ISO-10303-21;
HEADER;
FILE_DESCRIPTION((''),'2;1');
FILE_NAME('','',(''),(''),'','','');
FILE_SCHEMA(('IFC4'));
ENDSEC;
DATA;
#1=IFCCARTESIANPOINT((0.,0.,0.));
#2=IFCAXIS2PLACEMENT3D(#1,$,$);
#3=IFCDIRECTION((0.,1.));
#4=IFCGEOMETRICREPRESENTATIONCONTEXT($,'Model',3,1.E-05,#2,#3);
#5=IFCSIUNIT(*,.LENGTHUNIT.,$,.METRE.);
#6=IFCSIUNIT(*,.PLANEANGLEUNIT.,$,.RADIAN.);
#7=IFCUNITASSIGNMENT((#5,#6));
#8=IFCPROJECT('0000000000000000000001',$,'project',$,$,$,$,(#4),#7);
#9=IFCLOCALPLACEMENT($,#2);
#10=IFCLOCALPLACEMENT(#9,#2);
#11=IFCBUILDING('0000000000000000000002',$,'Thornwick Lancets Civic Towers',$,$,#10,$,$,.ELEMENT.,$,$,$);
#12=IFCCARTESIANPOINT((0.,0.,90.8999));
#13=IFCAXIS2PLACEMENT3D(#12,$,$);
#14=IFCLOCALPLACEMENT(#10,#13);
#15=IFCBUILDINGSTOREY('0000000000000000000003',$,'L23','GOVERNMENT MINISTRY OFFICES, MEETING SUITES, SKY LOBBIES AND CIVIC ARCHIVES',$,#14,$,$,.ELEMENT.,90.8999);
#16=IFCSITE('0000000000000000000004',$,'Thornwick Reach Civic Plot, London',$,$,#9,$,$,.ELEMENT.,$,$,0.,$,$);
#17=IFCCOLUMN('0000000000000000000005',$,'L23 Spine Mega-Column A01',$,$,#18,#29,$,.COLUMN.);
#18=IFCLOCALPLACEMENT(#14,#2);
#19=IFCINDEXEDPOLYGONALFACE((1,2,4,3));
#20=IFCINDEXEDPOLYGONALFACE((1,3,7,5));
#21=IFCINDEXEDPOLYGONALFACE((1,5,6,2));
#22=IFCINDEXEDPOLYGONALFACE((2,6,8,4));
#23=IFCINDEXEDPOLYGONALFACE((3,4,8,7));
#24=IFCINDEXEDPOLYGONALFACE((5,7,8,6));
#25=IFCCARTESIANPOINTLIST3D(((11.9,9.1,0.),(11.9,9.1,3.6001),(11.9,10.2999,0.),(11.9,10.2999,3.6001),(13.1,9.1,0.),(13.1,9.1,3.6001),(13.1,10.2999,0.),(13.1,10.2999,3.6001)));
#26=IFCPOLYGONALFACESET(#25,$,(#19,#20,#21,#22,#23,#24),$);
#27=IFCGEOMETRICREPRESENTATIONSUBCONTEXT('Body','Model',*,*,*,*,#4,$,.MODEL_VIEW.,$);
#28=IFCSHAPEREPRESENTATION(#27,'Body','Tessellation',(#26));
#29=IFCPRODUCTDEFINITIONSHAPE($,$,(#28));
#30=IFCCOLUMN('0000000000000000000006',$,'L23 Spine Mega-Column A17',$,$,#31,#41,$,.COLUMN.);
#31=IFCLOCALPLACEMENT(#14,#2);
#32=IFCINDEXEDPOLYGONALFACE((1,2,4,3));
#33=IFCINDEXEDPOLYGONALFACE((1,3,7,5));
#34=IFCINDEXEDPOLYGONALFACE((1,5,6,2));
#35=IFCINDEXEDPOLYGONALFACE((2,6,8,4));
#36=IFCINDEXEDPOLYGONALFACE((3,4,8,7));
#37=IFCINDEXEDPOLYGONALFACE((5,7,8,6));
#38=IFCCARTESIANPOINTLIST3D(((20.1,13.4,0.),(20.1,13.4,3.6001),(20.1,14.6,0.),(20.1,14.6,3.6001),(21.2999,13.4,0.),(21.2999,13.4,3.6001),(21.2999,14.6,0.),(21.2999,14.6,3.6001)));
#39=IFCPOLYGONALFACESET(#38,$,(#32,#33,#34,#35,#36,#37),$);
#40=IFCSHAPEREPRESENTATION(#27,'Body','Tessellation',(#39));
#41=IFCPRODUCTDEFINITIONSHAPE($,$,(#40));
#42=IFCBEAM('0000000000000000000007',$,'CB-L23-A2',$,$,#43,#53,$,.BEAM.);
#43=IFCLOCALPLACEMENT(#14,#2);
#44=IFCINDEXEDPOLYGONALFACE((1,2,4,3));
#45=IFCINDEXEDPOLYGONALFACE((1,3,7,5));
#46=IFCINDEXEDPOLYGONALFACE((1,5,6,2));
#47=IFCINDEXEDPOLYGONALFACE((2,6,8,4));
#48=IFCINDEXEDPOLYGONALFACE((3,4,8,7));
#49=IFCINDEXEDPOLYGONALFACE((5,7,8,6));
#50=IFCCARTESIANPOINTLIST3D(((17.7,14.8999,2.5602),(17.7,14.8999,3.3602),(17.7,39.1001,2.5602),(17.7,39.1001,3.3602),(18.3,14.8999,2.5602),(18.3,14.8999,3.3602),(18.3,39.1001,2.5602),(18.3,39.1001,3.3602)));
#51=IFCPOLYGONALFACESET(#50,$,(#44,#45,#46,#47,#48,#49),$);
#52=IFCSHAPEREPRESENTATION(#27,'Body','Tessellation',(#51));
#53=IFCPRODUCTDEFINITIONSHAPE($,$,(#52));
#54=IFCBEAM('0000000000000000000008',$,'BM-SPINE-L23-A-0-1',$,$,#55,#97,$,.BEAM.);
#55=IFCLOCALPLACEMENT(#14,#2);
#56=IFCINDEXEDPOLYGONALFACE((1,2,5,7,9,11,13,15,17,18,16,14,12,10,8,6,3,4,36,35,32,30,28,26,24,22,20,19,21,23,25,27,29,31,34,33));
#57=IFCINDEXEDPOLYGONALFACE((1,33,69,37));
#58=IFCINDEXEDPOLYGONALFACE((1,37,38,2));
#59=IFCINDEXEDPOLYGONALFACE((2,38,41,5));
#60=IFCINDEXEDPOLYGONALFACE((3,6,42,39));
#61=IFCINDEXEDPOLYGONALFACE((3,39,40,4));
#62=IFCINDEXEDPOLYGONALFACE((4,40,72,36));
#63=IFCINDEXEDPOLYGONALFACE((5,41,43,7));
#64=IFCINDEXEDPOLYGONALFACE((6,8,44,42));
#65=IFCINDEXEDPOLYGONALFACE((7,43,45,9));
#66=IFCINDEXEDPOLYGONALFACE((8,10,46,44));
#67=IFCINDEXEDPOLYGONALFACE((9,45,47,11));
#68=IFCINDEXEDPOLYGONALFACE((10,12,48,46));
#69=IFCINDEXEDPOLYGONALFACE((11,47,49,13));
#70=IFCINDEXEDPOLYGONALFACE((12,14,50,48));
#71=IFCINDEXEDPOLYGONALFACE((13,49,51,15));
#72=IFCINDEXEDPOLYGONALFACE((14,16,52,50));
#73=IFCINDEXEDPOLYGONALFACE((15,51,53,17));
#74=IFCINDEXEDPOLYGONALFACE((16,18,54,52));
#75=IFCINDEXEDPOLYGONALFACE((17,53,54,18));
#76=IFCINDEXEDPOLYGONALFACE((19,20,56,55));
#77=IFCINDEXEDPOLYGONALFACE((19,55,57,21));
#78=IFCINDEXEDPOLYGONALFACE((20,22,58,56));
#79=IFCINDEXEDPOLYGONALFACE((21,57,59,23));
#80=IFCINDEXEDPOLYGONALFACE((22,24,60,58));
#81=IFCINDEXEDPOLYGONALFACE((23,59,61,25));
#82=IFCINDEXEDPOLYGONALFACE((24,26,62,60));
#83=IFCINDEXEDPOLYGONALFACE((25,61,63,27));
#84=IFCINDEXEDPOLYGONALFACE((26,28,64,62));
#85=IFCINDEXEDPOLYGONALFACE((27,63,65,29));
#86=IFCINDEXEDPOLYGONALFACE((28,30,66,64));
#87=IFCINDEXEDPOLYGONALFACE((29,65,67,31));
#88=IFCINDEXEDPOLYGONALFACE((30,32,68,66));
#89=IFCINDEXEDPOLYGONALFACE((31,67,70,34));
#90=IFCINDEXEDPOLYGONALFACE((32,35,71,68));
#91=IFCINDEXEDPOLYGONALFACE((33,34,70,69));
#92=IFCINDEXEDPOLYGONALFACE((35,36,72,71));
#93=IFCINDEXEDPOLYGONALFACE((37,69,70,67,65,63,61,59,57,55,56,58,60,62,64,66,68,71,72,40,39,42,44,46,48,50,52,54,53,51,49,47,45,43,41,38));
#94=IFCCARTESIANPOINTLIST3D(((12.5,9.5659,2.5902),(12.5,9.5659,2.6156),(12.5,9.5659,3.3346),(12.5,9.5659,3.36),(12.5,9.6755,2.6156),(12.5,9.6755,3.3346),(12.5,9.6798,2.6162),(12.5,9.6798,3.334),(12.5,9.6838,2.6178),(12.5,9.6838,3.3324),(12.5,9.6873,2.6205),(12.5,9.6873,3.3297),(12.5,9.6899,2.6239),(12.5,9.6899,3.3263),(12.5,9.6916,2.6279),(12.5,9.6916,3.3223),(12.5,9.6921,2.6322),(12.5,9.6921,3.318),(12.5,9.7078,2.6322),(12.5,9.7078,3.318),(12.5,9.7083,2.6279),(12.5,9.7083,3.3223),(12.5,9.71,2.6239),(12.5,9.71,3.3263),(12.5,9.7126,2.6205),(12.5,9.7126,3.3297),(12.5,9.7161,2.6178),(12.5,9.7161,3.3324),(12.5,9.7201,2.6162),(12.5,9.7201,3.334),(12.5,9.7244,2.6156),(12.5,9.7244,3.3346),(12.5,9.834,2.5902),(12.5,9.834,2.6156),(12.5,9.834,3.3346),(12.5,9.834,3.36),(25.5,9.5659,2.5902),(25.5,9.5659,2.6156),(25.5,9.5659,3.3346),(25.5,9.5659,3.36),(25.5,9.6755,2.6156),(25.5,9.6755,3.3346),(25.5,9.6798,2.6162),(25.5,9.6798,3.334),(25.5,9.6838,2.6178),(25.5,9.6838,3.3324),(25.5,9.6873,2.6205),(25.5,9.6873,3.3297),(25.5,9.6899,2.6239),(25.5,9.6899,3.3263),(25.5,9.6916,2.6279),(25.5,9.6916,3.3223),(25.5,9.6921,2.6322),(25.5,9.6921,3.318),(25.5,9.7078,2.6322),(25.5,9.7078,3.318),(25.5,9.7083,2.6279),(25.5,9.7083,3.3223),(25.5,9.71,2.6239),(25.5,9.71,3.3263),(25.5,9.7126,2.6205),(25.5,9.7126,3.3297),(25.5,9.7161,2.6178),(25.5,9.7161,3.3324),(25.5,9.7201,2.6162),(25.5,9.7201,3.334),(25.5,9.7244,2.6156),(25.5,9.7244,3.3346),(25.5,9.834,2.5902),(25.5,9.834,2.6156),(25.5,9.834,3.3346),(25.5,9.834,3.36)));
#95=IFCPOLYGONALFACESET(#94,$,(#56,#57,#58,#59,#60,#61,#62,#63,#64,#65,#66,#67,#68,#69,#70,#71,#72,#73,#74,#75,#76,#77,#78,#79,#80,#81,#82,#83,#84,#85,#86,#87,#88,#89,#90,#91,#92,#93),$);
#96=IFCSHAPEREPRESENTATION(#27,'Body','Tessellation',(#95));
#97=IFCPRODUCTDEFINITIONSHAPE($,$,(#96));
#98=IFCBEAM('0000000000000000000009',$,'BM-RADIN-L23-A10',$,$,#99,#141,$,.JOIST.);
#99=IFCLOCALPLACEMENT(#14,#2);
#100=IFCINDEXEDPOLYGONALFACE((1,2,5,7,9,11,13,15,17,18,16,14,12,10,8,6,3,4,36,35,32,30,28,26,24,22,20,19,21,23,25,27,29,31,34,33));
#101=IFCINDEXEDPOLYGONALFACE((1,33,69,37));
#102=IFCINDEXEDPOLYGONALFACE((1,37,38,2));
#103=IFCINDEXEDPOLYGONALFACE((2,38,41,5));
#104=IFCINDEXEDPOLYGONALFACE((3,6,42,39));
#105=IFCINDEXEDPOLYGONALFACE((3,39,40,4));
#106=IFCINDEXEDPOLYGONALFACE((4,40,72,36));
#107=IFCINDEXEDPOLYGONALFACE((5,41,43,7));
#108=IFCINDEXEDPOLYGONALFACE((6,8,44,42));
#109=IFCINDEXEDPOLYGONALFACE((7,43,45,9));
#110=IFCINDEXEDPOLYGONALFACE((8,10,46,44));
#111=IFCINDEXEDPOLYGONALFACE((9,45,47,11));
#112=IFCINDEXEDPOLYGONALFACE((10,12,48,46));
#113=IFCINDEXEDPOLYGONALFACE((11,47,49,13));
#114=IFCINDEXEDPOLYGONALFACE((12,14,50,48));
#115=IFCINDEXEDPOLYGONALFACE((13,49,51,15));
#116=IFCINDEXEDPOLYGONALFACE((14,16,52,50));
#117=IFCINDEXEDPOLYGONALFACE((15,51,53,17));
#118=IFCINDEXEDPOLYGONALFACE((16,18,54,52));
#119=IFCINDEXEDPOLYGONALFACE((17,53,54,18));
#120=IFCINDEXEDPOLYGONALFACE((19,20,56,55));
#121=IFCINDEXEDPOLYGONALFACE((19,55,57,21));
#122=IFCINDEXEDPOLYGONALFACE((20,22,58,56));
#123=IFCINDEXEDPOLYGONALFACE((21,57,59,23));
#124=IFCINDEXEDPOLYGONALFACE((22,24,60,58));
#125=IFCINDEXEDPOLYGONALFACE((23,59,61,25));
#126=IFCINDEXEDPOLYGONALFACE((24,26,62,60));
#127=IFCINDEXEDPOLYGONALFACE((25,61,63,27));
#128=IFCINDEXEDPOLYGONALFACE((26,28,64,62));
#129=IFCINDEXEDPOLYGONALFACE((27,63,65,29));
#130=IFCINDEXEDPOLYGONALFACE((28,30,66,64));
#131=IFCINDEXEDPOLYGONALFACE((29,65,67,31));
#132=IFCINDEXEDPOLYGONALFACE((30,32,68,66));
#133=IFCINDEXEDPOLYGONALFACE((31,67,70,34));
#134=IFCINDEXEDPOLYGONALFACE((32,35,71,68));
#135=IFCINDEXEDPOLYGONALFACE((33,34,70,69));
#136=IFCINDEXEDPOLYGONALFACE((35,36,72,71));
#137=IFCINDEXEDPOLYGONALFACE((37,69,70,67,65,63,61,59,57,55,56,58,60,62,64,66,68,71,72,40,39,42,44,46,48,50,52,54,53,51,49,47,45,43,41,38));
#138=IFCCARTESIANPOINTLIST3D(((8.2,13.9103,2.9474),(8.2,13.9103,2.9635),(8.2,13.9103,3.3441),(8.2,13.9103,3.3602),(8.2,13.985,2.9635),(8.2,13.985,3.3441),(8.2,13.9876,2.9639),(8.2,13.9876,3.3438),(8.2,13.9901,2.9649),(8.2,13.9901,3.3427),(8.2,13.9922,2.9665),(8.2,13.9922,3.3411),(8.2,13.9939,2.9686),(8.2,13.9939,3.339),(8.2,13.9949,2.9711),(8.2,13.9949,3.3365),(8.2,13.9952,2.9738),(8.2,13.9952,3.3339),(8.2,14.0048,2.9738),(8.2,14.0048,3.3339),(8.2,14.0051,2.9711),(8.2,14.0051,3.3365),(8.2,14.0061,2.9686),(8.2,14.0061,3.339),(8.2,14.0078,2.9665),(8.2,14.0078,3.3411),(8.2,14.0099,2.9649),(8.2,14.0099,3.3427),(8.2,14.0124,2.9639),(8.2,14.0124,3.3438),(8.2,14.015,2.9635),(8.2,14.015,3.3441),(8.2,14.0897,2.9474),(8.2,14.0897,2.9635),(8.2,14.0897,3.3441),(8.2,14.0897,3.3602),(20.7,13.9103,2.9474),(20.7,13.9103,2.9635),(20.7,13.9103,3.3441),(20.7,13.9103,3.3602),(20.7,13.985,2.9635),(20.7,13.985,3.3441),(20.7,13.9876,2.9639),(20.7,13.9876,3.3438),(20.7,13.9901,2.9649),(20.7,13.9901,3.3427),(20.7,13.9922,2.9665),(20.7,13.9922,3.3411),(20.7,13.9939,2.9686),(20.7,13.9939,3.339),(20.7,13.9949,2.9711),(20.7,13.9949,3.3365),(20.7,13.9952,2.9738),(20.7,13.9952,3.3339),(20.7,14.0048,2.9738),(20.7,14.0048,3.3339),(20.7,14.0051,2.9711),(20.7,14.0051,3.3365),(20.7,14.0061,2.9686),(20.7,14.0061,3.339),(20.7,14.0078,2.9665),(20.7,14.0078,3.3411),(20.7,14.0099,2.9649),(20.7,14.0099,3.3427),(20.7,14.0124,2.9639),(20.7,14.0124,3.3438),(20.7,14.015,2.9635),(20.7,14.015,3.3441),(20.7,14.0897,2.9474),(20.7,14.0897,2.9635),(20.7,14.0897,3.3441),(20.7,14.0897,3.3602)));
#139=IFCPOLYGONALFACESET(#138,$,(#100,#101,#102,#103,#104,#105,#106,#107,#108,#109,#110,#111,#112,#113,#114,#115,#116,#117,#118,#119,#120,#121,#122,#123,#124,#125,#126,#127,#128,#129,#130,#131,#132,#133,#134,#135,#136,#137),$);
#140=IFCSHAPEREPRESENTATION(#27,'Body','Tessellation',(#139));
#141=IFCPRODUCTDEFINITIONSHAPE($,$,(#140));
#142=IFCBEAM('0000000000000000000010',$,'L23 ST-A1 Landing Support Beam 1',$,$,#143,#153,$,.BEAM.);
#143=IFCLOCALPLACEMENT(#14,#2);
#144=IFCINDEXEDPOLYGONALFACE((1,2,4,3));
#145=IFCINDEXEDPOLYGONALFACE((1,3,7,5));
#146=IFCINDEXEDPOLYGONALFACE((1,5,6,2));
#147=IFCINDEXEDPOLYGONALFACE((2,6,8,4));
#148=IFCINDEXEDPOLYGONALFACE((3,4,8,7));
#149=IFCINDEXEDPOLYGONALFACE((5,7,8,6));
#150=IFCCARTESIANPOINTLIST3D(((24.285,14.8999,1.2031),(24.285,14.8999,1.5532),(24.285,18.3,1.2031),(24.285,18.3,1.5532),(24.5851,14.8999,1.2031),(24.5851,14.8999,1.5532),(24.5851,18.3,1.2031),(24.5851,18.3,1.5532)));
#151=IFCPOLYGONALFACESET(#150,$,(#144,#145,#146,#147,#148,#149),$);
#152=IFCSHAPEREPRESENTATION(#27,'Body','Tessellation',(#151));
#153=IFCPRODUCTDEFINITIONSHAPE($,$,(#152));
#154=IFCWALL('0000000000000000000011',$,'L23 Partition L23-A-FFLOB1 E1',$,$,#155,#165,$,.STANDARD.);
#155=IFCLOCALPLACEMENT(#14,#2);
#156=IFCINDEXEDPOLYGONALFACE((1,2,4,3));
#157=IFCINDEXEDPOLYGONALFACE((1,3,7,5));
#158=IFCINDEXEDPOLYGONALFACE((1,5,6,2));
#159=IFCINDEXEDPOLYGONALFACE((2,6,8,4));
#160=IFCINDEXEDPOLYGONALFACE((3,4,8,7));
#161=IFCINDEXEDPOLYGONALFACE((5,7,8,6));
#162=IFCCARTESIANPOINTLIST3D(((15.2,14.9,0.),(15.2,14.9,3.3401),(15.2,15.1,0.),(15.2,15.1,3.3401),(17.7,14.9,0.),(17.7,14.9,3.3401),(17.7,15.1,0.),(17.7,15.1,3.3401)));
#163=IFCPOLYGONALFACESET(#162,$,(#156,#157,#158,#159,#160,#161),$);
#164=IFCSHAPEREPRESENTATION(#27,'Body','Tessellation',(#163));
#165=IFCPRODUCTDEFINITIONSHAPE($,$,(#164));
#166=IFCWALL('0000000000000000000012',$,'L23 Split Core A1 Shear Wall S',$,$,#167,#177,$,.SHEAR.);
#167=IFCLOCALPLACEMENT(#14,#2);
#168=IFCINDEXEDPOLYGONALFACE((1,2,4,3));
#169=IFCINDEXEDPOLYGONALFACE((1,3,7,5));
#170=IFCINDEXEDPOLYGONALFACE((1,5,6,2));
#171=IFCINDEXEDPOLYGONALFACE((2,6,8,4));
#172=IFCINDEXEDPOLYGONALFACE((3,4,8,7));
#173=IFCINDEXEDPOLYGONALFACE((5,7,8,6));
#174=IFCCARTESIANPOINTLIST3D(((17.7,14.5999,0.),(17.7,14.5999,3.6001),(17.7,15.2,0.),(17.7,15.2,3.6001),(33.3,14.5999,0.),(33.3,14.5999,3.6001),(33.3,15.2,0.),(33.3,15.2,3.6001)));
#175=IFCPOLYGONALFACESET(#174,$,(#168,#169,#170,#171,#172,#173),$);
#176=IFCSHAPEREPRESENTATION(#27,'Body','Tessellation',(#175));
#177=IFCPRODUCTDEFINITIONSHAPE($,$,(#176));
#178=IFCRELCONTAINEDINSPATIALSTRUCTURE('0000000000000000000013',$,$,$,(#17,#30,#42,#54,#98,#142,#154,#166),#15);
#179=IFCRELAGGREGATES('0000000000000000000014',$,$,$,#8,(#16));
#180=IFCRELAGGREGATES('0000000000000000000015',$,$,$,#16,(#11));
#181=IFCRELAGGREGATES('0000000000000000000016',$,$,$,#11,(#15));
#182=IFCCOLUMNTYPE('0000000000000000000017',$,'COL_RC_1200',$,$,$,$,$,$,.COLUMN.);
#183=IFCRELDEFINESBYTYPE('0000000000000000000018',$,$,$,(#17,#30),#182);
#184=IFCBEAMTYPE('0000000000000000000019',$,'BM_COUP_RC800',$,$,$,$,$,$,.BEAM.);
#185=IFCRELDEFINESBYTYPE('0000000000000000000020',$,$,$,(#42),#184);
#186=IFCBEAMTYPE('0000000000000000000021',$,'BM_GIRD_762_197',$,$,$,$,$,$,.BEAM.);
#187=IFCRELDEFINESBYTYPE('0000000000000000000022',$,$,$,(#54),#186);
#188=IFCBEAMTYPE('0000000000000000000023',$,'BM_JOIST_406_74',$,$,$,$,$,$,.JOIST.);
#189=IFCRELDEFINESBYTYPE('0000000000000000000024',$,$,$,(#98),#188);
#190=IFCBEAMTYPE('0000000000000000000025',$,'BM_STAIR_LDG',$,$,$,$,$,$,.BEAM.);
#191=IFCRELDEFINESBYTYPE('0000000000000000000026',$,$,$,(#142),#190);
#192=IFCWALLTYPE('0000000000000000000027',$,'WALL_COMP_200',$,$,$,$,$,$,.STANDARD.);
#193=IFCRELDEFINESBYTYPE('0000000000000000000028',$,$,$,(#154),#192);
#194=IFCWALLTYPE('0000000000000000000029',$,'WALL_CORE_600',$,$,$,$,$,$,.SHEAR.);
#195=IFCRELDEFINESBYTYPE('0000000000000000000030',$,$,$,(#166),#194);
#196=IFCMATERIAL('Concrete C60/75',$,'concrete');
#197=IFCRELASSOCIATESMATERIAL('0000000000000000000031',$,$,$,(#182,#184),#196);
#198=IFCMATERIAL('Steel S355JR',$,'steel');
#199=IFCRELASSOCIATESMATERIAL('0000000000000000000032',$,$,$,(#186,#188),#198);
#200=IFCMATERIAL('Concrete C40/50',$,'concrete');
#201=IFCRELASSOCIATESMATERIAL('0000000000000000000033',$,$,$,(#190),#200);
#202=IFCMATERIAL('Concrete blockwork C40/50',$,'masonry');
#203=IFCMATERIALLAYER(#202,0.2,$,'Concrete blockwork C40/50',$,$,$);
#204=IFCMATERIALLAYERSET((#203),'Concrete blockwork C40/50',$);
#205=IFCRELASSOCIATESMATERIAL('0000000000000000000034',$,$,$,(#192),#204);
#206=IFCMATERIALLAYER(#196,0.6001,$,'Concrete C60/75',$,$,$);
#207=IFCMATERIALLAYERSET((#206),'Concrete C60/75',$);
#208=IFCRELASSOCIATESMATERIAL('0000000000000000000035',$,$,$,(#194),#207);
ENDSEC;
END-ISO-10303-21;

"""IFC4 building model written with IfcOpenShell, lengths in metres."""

from ifc_helpers import new_model, si_unit, direction, frame, frame_2d, origin, origin_2d, place, context, subcontext, project, spatial, rectangle, i_section, extrude, material, layer, layer_set, material_profile, profile_set, type_object, element, save


model = new_model("IFC4")

# Units and contexts
model_context = context("Model", 3, precision=1e-05, world=origin(), true_north=direction((0.0, 1.0)))
body_context = subcontext(model_context, "Body", "Model", "MODEL_VIEW")
ifc_project = project(units=[si_unit("LENGTHUNIT", "METRE"), si_unit("PLANEANGLEUNIT", "RADIAN")], contexts=[model_context])

# Site, building, storey
site_placement = place(None, origin())
site = spatial("IfcSite", under=ifc_project, at=site_placement, Name="Thornwick Reach Civic Plot, London", CompositionType="ELEMENT", RefElevation=0.0)
building_placement = place(site_placement, origin())
building = spatial("IfcBuilding", under=site, at=building_placement, Name="Thornwick Lancets Civic Towers", CompositionType="ELEMENT")
storey_placement = place(building_placement, frame((0.0, 0.0, 90.8999)))
storey = spatial("IfcBuildingStorey", under=building, at=storey_placement, Name="L23", Description="GOVERNMENT MINISTRY OFFICES, MEETING SUITES, SKY LOBBIES AND CIVIC ARCHIVES", CompositionType="ELEMENT", Elevation=90.8999)

# Columns
ifc_material_1 = material(Name="Concrete C60/75", Category="concrete")
ifc_material_profile_1 = material_profile(ifc_material_1, rectangle(XDim=1.2, YDim=1.2, at=origin_2d()), Name="RC 1200x1200")
ifc_profile_set_1 = profile_set([ifc_material_profile_1], Name="Concrete C60/75")
column_type = type_object("IfcColumnType", Name="COL_RC_1200", PredefinedType="COLUMN", material=ifc_profile_set_1)
for number, where, z_axis, x_axis, name in (
    (1, (12.5, 9.7, 0.0), (0.0, 0.0, 1.0), (1.0, 0.0, 0.0), "L23 Spine Mega-Column A01"),
    (2, (20.7, 14.0, 0.0), (0.0, 0.0, 1.0), (1.0, 0.0, 0.0), "L23 Spine Mega-Column A17"),
):
    element("IfcColumn", number, at=place(storey_placement, frame(where, z_axis=z_axis, x_axis=x_axis)), inside=storey, type_object=column_type, Name=name, PredefinedType="COLUMN", context=body_context, shape_type="SweptSolid", body=[
        extrude(rectangle(XDim=1.2, YDim=1.2, at=origin_2d()), origin(), (0.0, 0.0, 1.0), 3.6001),
    ])

# Beams
ifc_material_profile_2 = material_profile(ifc_material_1, rectangle(XDim=0.6001, YDim=0.8, at=origin_2d()), Name="RC 600x800")
ifc_profile_set_2 = profile_set([ifc_material_profile_2], Name="Concrete C60/75")
beam_type_1 = type_object("IfcBeamType", Name="BM_COUP_RC800", PredefinedType="BEAM", material=ifc_profile_set_2)
beam_1_placement = place(storey_placement, frame((18.0, 14.8999, 2.9602), z_axis=(0.0, 1.0, 0.0), x_axis=(-1.0, 0.0, 0.0)))
element("IfcBeam", 3, at=beam_1_placement, inside=storey, type_object=beam_type_1, Name="CB-L23-A2", PredefinedType="BEAM", context=body_context, shape_type="SweptSolid", body=[
    extrude(rectangle(XDim=0.6001, YDim=0.8, at=origin_2d()), origin(), (0.0, 0.0, 1.0), 24.2002),
])
ifc_material_2 = material(Name="Steel S355JR", Category="steel")
ifc_material_profile_3 = material_profile(ifc_material_2, i_section(OverallWidth=0.2681, OverallDepth=0.7698, WebThickness=0.0156, FlangeThickness=0.0254, FilletRadius=0.0166, at=origin_2d()), Name="UKB 762x267x197")
ifc_profile_set_3 = profile_set([ifc_material_profile_3], Name="Steel S355JR")
beam_type_2 = type_object("IfcBeamType", Name="BM_GIRD_762_197", PredefinedType="BEAM", material=ifc_profile_set_3)
beam_2_placement = place(storey_placement, frame((12.5, 9.7, 2.9751), z_axis=(1.0, 0.0, 0.0), x_axis=(0.0, 1.0, 0.0)))
element("IfcBeam", 4, at=beam_2_placement, inside=storey, type_object=beam_type_2, Name="BM-SPINE-L23-A-0-1", PredefinedType="BEAM", context=body_context, shape_type="SweptSolid", body=[
    extrude(i_section(OverallWidth=0.2681, OverallDepth=0.7698, WebThickness=0.0156, FlangeThickness=0.0254, FilletRadius=0.0166, at=origin_2d()), origin(), (0.0, 0.0, 1.0), 13.0),
])
ifc_material_profile_4 = material_profile(ifc_material_2, i_section(OverallWidth=0.1794, OverallDepth=0.4128, WebThickness=0.0095, FlangeThickness=0.0161, FilletRadius=0.0103, at=origin_2d()), Name="UKB 406x178x74")
ifc_profile_set_4 = profile_set([ifc_material_profile_4], Name="Steel S355JR")
beam_type_3 = type_object("IfcBeamType", Name="BM_JOIST_406_74", PredefinedType="JOIST", material=ifc_profile_set_4)
beam_3_placement = place(storey_placement, frame((20.7, 14.0, 3.1538), z_axis=(-1.0, 0.0, 0.0), x_axis=(0.0, -1.0, 0.0)))
element("IfcBeam", 5, at=beam_3_placement, inside=storey, type_object=beam_type_3, Name="BM-RADIN-L23-A10", PredefinedType="JOIST", context=body_context, shape_type="SweptSolid", body=[
    extrude(i_section(OverallWidth=0.1794, OverallDepth=0.4128, WebThickness=0.0095, FlangeThickness=0.0161, FilletRadius=0.0103, at=origin_2d()), origin(), (0.0, 0.0, 1.0), 12.5),
])
ifc_material_3 = material(Name="Concrete C40/50", Category="concrete")
ifc_material_profile_5 = material_profile(ifc_material_3, rectangle(XDim=0.3, YDim=0.3501, at=origin_2d()), Name="RC 300x350")
ifc_profile_set_5 = profile_set([ifc_material_profile_5], Name="Concrete C40/50")
beam_type_4 = type_object("IfcBeamType", Name="BM_STAIR_LDG", PredefinedType="BEAM", material=ifc_profile_set_5)
beam_4_placement = place(storey_placement, frame((24.4351, 14.8999, 1.3782), z_axis=(0.0, 1.0, 0.0), x_axis=(-1.0, 0.0, 0.0)))
element("IfcBeam", 6, at=beam_4_placement, inside=storey, type_object=beam_type_4, Name="L23 ST-A1 Landing Support Beam 1", PredefinedType="BEAM", context=body_context, shape_type="SweptSolid", body=[
    extrude(rectangle(XDim=0.3, YDim=0.3501, at=origin_2d()), origin(), (0.0, 0.0, 1.0), 3.4001),
])

# Walls
ifc_material_4 = material(Name="Concrete blockwork C40/50", Category="masonry")
ifc_layer_1 = layer(ifc_material_4, 0.2, Name="Concrete blockwork C40/50")
ifc_layer_set_1 = layer_set([ifc_layer_1], Name="Concrete blockwork C40/50")
wall_type_1 = type_object("IfcWallType", Name="WALL_COMP_200", PredefinedType="STANDARD", material=ifc_layer_set_1)
wall_1_placement = place(storey_placement, frame((15.2, 15.0, 0.0), z_axis=(0.0, 0.0, 1.0), x_axis=(1.0, 0.0, 0.0)))
element("IfcWall", 7, at=wall_1_placement, inside=storey, type_object=wall_type_1, Name="L23 Partition L23-A-FFLOB1 E1", PredefinedType="STANDARD", context=body_context, shape_type="SweptSolid", body=[
    extrude(rectangle(XDim=2.5, YDim=0.2, at=frame_2d((1.25, 0.0))), origin(), (0.0, 0.0, 1.0), 3.3401),
])
ifc_layer_2 = layer(ifc_material_1, 0.6001, Name="Concrete C60/75")
ifc_layer_set_2 = layer_set([ifc_layer_2], Name="Concrete C60/75")
wall_type_2 = type_object("IfcWallType", Name="WALL_CORE_600", PredefinedType="SHEAR", material=ifc_layer_set_2)
wall_2_placement = place(storey_placement, frame((17.7, 14.8999, 0.0), z_axis=(0.0, 0.0, 1.0), x_axis=(1.0, 0.0, 0.0)))
element("IfcWall", 8, at=wall_2_placement, inside=storey, type_object=wall_type_2, Name="L23 Split Core A1 Shear Wall S", PredefinedType="SHEAR", context=body_context, shape_type="SweptSolid", body=[
    extrude(rectangle(XDim=15.6001, YDim=0.6001, at=frame_2d((7.8, 0.0))), origin(), (0.0, 0.0, 1.0), 3.6001),
])

save(model, "model.ifc")
